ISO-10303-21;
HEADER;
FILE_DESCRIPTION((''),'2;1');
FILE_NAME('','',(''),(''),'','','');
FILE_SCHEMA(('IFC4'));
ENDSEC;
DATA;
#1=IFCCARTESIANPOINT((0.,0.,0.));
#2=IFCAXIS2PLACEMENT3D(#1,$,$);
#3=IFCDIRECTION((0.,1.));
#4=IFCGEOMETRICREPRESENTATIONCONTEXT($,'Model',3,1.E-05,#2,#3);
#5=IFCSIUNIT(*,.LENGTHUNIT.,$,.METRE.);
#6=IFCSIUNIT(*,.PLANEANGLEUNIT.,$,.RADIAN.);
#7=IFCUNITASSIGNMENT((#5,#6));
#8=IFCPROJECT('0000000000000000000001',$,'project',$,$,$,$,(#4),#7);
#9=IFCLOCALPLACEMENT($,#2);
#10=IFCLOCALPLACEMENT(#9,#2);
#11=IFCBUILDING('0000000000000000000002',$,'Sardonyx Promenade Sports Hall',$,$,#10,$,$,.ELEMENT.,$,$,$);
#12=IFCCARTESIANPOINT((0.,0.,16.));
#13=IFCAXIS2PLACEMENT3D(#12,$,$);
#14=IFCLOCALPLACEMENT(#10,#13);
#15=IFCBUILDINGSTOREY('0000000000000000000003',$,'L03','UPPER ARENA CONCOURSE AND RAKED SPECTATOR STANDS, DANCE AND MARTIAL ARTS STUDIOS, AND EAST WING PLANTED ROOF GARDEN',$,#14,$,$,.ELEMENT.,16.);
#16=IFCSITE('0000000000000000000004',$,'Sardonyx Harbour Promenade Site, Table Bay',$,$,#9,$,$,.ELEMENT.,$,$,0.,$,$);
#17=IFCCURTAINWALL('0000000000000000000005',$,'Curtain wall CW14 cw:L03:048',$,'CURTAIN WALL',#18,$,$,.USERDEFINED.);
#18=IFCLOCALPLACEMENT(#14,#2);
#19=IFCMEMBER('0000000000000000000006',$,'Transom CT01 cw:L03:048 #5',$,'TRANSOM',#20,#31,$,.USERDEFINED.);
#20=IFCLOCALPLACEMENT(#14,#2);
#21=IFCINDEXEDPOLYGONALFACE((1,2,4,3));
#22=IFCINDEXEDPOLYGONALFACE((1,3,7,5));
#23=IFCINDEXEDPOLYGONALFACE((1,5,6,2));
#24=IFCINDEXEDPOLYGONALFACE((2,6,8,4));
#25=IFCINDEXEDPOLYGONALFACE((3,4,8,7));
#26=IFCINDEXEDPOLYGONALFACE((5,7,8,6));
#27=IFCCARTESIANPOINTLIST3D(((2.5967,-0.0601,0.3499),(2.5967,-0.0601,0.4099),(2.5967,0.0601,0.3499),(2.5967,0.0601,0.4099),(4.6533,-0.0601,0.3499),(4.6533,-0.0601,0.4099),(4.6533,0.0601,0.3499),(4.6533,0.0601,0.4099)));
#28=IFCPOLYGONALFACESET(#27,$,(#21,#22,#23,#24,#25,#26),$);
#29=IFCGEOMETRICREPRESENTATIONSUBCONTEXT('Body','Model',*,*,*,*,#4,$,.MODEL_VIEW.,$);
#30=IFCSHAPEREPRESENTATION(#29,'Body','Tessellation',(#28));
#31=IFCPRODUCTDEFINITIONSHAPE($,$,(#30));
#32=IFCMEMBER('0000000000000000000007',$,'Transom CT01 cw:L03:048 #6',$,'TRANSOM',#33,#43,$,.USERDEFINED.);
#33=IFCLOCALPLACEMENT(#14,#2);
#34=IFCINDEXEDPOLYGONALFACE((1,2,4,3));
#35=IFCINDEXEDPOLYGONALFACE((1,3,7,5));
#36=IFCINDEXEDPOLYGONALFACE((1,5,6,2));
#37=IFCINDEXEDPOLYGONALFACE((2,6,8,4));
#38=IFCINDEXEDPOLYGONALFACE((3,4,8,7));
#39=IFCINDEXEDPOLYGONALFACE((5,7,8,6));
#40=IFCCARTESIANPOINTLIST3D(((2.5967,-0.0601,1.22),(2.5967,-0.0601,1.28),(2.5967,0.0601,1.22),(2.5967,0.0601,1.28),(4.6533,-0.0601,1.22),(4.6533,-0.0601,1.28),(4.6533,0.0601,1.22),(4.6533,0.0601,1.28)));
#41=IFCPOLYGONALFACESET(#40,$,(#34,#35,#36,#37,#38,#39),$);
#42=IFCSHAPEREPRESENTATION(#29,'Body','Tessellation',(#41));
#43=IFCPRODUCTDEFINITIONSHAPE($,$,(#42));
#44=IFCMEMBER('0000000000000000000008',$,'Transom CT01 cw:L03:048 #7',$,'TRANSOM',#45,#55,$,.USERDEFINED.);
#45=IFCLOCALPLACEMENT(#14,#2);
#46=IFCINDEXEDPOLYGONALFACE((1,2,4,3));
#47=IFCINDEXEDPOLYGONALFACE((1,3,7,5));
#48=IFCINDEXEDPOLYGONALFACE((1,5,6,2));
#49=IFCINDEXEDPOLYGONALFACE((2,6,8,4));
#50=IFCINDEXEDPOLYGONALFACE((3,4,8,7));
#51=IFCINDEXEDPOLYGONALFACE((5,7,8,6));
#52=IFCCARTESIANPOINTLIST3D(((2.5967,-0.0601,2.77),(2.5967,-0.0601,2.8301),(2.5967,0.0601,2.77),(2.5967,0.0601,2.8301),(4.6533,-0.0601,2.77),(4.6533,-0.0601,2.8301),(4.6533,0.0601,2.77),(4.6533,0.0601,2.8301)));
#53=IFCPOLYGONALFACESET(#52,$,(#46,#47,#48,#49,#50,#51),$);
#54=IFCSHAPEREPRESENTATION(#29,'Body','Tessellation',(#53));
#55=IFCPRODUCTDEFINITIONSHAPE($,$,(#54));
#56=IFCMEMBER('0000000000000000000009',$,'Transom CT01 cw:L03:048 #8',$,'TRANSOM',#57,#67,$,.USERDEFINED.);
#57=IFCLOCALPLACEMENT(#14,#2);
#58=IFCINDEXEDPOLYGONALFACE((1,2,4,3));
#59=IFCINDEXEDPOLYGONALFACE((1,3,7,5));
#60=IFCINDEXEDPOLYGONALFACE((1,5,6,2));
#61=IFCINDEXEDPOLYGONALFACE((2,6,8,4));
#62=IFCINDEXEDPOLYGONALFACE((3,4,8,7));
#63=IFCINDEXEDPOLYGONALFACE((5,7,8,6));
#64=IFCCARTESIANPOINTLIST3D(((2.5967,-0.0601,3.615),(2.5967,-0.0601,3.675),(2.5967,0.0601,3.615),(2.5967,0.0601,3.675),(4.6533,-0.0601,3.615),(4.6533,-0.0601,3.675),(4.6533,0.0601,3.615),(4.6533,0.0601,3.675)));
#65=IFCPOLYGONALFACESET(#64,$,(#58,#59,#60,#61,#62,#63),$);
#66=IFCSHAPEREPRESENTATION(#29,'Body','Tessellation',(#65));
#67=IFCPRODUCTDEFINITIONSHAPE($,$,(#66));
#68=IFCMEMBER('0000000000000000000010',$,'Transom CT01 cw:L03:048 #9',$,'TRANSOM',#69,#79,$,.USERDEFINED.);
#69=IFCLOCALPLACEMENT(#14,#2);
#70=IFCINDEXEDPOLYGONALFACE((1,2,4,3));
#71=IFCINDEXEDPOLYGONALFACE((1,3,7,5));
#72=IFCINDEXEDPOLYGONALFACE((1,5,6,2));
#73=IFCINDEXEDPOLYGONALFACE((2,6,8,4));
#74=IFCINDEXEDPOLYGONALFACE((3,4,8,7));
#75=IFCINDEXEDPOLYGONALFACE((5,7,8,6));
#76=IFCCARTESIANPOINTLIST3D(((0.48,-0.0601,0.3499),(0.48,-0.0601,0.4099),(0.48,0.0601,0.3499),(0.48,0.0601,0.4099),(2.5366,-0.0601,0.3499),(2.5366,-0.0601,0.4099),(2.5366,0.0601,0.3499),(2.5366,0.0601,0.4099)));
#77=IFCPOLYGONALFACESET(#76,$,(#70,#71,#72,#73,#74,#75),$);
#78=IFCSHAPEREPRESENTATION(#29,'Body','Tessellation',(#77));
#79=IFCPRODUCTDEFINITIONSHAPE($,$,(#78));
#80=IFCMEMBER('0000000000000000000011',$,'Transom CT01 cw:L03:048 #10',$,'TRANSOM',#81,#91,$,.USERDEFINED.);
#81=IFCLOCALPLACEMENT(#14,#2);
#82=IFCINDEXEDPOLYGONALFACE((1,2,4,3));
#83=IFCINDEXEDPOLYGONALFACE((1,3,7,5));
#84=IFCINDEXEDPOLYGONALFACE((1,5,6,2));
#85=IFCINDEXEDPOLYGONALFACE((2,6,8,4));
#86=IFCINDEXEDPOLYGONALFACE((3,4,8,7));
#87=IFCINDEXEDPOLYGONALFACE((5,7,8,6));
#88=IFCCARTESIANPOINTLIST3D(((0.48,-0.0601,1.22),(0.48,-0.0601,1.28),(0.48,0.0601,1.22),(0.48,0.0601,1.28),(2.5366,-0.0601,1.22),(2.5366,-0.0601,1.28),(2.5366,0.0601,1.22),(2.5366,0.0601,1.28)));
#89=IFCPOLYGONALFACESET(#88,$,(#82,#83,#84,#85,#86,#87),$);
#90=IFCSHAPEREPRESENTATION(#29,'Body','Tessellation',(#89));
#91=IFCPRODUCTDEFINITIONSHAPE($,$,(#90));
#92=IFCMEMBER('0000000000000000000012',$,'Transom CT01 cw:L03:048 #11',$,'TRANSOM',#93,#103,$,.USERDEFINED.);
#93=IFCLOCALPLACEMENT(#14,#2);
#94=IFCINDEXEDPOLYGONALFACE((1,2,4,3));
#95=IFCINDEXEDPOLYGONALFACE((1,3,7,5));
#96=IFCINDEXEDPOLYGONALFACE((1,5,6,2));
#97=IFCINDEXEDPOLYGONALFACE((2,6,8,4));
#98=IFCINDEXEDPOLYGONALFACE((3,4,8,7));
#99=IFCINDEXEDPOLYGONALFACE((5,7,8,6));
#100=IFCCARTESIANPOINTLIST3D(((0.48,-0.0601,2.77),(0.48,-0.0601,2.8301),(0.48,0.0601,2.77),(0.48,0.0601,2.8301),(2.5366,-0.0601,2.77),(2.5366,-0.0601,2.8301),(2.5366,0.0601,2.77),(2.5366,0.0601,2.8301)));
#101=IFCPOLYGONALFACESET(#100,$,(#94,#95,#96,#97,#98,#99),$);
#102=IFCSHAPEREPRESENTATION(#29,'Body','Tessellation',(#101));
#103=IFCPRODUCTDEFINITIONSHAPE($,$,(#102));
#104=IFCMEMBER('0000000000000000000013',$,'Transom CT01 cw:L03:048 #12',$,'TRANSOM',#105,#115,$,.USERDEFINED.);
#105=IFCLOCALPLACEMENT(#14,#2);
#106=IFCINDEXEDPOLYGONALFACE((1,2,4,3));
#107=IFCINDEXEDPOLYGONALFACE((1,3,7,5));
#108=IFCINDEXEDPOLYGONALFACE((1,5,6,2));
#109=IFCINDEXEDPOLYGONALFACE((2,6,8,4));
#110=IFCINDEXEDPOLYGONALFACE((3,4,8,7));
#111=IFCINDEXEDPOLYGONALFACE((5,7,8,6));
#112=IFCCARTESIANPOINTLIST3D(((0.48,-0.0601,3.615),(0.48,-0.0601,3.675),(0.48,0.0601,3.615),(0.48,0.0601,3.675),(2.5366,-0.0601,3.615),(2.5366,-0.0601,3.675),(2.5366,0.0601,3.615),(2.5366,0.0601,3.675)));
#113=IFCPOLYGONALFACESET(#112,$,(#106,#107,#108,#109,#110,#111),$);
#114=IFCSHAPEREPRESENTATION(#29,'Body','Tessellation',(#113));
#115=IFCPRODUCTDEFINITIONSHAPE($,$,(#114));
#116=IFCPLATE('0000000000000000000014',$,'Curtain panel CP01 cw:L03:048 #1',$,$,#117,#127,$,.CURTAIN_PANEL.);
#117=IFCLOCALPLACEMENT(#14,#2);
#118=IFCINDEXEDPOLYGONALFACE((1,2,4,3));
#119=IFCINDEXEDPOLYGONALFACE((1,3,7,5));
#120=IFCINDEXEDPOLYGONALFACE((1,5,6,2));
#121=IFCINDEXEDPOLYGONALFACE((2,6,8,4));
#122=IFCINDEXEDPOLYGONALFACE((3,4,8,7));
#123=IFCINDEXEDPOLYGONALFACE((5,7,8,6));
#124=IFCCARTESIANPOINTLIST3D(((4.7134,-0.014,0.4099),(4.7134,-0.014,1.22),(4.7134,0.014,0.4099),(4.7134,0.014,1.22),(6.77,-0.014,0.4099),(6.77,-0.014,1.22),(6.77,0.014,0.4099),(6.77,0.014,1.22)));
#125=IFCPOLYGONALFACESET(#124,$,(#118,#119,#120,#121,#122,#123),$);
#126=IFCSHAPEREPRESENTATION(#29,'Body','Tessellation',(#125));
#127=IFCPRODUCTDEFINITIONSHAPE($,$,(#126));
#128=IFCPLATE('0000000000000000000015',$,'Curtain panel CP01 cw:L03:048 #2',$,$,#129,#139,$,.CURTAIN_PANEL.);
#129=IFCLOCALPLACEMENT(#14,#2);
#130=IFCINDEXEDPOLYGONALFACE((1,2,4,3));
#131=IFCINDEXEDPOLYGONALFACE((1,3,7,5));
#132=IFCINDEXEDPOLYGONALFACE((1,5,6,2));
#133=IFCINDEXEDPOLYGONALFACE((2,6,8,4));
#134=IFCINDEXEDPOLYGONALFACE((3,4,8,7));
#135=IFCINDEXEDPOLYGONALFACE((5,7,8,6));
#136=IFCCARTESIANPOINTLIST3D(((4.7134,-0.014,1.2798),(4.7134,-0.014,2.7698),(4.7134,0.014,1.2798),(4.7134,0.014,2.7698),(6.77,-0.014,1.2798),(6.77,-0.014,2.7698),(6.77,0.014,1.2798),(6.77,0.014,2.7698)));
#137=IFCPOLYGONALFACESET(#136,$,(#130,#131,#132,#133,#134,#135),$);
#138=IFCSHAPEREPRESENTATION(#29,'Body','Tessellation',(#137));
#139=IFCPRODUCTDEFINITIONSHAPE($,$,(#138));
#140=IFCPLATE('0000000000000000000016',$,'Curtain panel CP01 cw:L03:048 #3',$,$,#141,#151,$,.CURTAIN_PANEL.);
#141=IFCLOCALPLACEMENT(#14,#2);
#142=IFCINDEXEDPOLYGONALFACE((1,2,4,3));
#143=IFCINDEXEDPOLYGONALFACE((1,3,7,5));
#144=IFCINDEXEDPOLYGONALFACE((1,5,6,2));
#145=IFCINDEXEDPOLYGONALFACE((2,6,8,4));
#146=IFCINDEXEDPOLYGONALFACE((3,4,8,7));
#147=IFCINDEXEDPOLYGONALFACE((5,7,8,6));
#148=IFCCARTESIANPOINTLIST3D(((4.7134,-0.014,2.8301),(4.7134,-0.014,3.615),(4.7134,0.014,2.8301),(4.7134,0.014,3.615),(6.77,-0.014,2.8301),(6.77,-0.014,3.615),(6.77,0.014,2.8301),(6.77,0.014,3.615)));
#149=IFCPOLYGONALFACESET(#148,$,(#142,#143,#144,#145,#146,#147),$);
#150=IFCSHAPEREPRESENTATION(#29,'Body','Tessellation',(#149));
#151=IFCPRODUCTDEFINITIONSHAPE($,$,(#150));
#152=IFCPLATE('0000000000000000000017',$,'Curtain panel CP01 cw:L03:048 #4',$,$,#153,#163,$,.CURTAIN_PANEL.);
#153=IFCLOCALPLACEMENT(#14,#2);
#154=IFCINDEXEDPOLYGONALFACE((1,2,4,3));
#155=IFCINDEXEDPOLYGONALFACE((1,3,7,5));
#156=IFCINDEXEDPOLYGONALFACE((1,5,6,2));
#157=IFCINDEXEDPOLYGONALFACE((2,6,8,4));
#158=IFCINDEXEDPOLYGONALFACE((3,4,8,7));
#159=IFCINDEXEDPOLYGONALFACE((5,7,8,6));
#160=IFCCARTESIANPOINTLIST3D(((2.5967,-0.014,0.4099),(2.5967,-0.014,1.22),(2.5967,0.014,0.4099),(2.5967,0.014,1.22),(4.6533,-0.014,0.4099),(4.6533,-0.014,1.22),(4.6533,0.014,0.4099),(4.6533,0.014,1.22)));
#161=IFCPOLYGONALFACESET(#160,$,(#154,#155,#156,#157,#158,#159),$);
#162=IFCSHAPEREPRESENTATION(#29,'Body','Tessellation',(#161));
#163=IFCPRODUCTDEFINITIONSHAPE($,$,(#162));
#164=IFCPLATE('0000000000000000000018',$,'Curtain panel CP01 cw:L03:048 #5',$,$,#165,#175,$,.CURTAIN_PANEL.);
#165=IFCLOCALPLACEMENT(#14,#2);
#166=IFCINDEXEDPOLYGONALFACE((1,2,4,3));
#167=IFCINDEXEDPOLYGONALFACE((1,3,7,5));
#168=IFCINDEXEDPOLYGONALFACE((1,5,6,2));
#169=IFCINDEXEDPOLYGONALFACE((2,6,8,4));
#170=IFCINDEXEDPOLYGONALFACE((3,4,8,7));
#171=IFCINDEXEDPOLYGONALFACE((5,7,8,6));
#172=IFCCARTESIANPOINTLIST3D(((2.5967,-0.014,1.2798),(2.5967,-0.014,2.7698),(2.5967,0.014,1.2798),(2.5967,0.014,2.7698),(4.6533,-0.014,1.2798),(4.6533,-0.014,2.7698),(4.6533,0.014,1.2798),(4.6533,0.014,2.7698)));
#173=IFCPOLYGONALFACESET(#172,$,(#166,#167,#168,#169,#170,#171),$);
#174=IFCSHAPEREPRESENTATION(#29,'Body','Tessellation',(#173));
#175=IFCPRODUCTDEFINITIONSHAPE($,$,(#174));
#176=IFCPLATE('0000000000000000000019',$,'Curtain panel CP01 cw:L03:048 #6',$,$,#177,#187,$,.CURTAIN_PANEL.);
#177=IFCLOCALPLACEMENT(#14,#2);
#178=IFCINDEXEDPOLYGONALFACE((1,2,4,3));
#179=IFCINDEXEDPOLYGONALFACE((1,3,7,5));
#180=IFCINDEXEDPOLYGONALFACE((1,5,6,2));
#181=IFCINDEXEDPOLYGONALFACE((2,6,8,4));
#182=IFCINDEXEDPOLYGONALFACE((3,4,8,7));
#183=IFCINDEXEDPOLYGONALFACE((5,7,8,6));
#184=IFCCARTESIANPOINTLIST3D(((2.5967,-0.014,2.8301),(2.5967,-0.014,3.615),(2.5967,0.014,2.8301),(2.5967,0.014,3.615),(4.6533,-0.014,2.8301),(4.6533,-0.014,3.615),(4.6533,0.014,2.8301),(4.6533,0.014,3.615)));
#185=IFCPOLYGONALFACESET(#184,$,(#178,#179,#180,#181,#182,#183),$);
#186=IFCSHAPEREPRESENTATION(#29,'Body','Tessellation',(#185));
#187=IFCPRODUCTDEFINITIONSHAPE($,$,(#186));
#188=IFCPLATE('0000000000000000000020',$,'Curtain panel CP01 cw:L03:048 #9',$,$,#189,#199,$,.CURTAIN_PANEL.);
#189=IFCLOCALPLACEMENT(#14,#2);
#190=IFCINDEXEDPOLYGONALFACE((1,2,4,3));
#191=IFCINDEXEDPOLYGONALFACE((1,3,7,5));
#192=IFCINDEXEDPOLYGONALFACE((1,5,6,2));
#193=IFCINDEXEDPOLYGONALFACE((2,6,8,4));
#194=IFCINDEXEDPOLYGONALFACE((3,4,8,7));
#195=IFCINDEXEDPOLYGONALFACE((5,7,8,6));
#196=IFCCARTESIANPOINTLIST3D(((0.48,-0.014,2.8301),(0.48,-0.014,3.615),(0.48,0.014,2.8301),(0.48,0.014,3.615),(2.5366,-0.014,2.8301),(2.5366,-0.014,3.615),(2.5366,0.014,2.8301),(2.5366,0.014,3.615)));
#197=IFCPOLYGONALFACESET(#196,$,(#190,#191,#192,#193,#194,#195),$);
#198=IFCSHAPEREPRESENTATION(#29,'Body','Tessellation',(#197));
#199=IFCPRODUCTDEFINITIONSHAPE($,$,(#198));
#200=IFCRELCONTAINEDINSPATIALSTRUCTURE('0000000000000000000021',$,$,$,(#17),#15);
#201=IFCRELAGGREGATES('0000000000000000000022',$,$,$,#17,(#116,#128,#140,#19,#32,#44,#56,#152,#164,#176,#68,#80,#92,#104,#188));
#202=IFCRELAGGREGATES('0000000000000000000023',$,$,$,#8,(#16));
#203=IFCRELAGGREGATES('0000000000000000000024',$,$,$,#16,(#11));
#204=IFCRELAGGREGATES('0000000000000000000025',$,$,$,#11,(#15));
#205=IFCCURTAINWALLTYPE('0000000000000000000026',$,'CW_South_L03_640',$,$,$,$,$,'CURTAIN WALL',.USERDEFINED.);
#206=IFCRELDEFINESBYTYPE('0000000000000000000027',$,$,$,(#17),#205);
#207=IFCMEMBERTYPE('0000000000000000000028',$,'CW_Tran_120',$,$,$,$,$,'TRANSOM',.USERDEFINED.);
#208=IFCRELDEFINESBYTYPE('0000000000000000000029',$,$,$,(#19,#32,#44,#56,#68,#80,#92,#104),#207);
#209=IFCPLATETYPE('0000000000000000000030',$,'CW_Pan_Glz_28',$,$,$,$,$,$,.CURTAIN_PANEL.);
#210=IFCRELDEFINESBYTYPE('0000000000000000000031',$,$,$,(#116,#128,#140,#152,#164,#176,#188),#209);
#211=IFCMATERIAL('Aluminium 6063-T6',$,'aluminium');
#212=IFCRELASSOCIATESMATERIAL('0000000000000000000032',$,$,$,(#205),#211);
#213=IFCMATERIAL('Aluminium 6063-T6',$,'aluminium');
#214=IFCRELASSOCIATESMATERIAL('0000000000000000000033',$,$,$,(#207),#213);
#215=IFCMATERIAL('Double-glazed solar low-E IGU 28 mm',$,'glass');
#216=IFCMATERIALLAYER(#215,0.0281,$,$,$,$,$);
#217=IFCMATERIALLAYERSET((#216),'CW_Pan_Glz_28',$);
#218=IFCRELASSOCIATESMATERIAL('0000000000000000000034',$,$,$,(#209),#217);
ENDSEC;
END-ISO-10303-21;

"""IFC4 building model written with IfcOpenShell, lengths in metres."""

from ifc_helpers import new_model, si_unit, direction, frame, origin, origin_2d, place, context, subcontext, project, spatial, rectangle, extrude, material, layer, layer_set, material_profile, profile_set, type_object, element, aggregate, save


model = new_model("IFC4")

# Units and contexts
model_context = context("Model", 3, precision=1e-05, world=origin(), true_north=direction((0.0, 1.0)))
body_context = subcontext(model_context, "Body", "Model", "MODEL_VIEW")
ifc_project = project(units=[si_unit("LENGTHUNIT", "METRE"), si_unit("PLANEANGLEUNIT", "RADIAN")], contexts=[model_context])

# Site, building, storey
site_placement = place(None, origin())
site = spatial("IfcSite", under=ifc_project, at=site_placement, Name="Sardonyx Harbour Promenade Site, Table Bay", CompositionType="ELEMENT", RefElevation=0.0)
building_placement = place(site_placement, origin())
building = spatial("IfcBuilding", under=site, at=building_placement, Name="Sardonyx Promenade Sports Hall", CompositionType="ELEMENT")
storey_placement = place(building_placement, frame((0.0, 0.0, 16.0)))
storey = spatial("IfcBuildingStorey", under=building, at=storey_placement, Name="L03", Description="UPPER ARENA CONCOURSE AND RAKED SPECTATOR STANDS, DANCE AND MARTIAL ARTS STUDIOS, AND EAST WING PLANTED ROOF GARDEN", CompositionType="ELEMENT", Elevation=16.0)

# Curtain wall, members, plates
ifc_material_1 = material(Name="Aluminium 6063-T6", Category="aluminium")
curtain_wall_type = type_object("IfcCurtainWallType", Name="CW_South_L03_640", ElementType="CURTAIN WALL", PredefinedType="USERDEFINED", material=ifc_material_1)
curtain_wall_placement = place(storey_placement, origin())
curtain_wall = element("IfcCurtainWall", 1, at=curtain_wall_placement, inside=storey, type_object=curtain_wall_type, Name="Curtain wall CW14 cw:L03:048", ObjectType="CURTAIN WALL", PredefinedType="USERDEFINED")
ifc_material_2 = material(Name="Aluminium 6063-T6", Category="aluminium")
ifc_material_profile_1 = material_profile(ifc_material_2, rectangle(XDim=0.0601, YDim=0.1201, at=origin_2d()))
ifc_profile_set_1 = profile_set([ifc_material_profile_1], Name="Aluminium 6063-T6")
member_type_1 = type_object("IfcMemberType", Name="CW_Tran_120", ElementType="TRANSOM", PredefinedType="USERDEFINED", material=ifc_profile_set_1)
member_1_placement = place(storey_placement, frame((4.6533, 0.0, 0.3799), z_axis=(-1.0, 0.0, 0.0), x_axis=(0.0, 0.0, 1.0)))
member_1 = element("IfcMember", 2, at=member_1_placement, type_object=member_type_1, Name="Transom CT01 cw:L03:048 #5", ObjectType="TRANSOM", PredefinedType="USERDEFINED", context=body_context, shape_type="SweptSolid", body=[
    extrude(rectangle(XDim=0.0601, YDim=0.1201, at=origin_2d()), origin(), (0.0, 0.0, 1.0), 2.0566),
])
member_2_placement = place(storey_placement, frame((4.6533, 0.0, 1.25), z_axis=(-1.0, 0.0, 0.0), x_axis=(0.0, 0.0, 1.0)))
member_2 = element("IfcMember", 3, at=member_2_placement, type_object=member_type_1, Name="Transom CT01 cw:L03:048 #6", ObjectType="TRANSOM", PredefinedType="USERDEFINED", context=body_context, shape_type="SweptSolid", body=[
    extrude(rectangle(XDim=0.0601, YDim=0.1201, at=origin_2d()), origin(), (0.0, 0.0, 1.0), 2.0566),
])
member_3_placement = place(storey_placement, frame((4.6533, 0.0, 2.8), z_axis=(-1.0, 0.0, 0.0), x_axis=(0.0, 0.0, 1.0)))
member_3 = element("IfcMember", 4, at=member_3_placement, type_object=member_type_1, Name="Transom CT01 cw:L03:048 #7", ObjectType="TRANSOM", PredefinedType="USERDEFINED", context=body_context, shape_type="SweptSolid", body=[
    extrude(rectangle(XDim=0.0601, YDim=0.1201, at=origin_2d()), origin(), (0.0, 0.0, 1.0), 2.0566),
])
member_4_placement = place(storey_placement, frame((4.6533, 0.0, 3.645), z_axis=(-1.0, 0.0, 0.0), x_axis=(0.0, 0.0, 1.0)))
member_4 = element("IfcMember", 5, at=member_4_placement, type_object=member_type_1, Name="Transom CT01 cw:L03:048 #8", ObjectType="TRANSOM", PredefinedType="USERDEFINED", context=body_context, shape_type="SweptSolid", body=[
    extrude(rectangle(XDim=0.0601, YDim=0.1201, at=origin_2d()), origin(), (0.0, 0.0, 1.0), 2.0566),
])
member_5_placement = place(storey_placement, frame((2.5366, 0.0, 0.3799), z_axis=(-1.0, 0.0, 0.0), x_axis=(0.0, 0.0, 1.0)))
member_5 = element("IfcMember", 6, at=member_5_placement, type_object=member_type_1, Name="Transom CT01 cw:L03:048 #9", ObjectType="TRANSOM", PredefinedType="USERDEFINED", context=body_context, shape_type="SweptSolid", body=[
    extrude(rectangle(XDim=0.0601, YDim=0.1201, at=origin_2d()), origin(), (0.0, 0.0, 1.0), 2.0566),
])
member_6_placement = place(storey_placement, frame((2.5366, 0.0, 1.25), z_axis=(-1.0, 0.0, 0.0), x_axis=(0.0, 0.0, 1.0)))
member_6 = element("IfcMember", 7, at=member_6_placement, type_object=member_type_1, Name="Transom CT01 cw:L03:048 #10", ObjectType="TRANSOM", PredefinedType="USERDEFINED", context=body_context, shape_type="SweptSolid", body=[
    extrude(rectangle(XDim=0.0601, YDim=0.1201, at=origin_2d()), origin(), (0.0, 0.0, 1.0), 2.0566),
])
member_7_placement = place(storey_placement, frame((2.5366, 0.0, 2.8), z_axis=(-1.0, 0.0, 0.0), x_axis=(0.0, 0.0, 1.0)))
member_7 = element("IfcMember", 8, at=member_7_placement, type_object=member_type_1, Name="Transom CT01 cw:L03:048 #11", ObjectType="TRANSOM", PredefinedType="USERDEFINED", context=body_context, shape_type="SweptSolid", body=[
    extrude(rectangle(XDim=0.0601, YDim=0.1201, at=origin_2d()), origin(), (0.0, 0.0, 1.0), 2.0566),
])
member_8_placement = place(storey_placement, frame((2.5366, 0.0, 3.645), z_axis=(-1.0, 0.0, 0.0), x_axis=(0.0, 0.0, 1.0)))
member_8 = element("IfcMember", 9, at=member_8_placement, type_object=member_type_1, Name="Transom CT01 cw:L03:048 #12", ObjectType="TRANSOM", PredefinedType="USERDEFINED", context=body_context, shape_type="SweptSolid", body=[
    extrude(rectangle(XDim=0.0601, YDim=0.1201, at=origin_2d()), origin(), (0.0, 0.0, 1.0), 2.0566),
])
ifc_material_3 = material(Name="Double-glazed solar low-E IGU 28 mm", Category="glass")
ifc_layer_1 = layer(ifc_material_3, 0.0281)
ifc_layer_set_1 = layer_set([ifc_layer_1], Name="CW_Pan_Glz_28")
plate_type = type_object("IfcPlateType", Name="CW_Pan_Glz_28", PredefinedType="CURTAIN_PANEL", material=ifc_layer_set_1)
plate_1_placement = place(storey_placement, frame((5.7417, 0.0, 0.4099), z_axis=(0.0, 0.0, 1.0), x_axis=(-1.0, 0.0, 0.0)))
plate_1 = element("IfcPlate", 10, at=plate_1_placement, type_object=plate_type, Name="Curtain panel CP01 cw:L03:048 #1", PredefinedType="CURTAIN_PANEL", context=body_context, shape_type="SweptSolid", body=[
    extrude(rectangle(XDim=2.0566, YDim=0.0281, at=origin_2d()), origin(), (0.0, 0.0, 1.0), 0.8101),
])
plate_2_placement = place(storey_placement, frame((5.7417, 0.0, 1.2798), z_axis=(0.0, 0.0, 1.0), x_axis=(-1.0, 0.0, 0.0)))
plate_2 = element("IfcPlate", 11, at=plate_2_placement, type_object=plate_type, Name="Curtain panel CP01 cw:L03:048 #2", PredefinedType="CURTAIN_PANEL", context=body_context, shape_type="SweptSolid", body=[
    extrude(rectangle(XDim=2.0566, YDim=0.0281, at=origin_2d()), origin(), (0.0, 0.0, 1.0), 1.49),
])
plate_3_placement = place(storey_placement, frame((5.7417, 0.0, 2.8301), z_axis=(0.0, 0.0, 1.0), x_axis=(-1.0, 0.0, 0.0)))
plate_3 = element("IfcPlate", 12, at=plate_3_placement, type_object=plate_type, Name="Curtain panel CP01 cw:L03:048 #3", PredefinedType="CURTAIN_PANEL", context=body_context, shape_type="SweptSolid", body=[
    extrude(rectangle(XDim=2.0566, YDim=0.0281, at=origin_2d()), origin(), (0.0, 0.0, 1.0), 0.7849),
])
plate_4_placement = place(storey_placement, frame((3.625, 0.0, 0.4099), z_axis=(0.0, 0.0, 1.0), x_axis=(-1.0, 0.0, 0.0)))
plate_4 = element("IfcPlate", 13, at=plate_4_placement, type_object=plate_type, Name="Curtain panel CP01 cw:L03:048 #4", PredefinedType="CURTAIN_PANEL", context=body_context, shape_type="SweptSolid", body=[
    extrude(rectangle(XDim=2.0566, YDim=0.0281, at=origin_2d()), origin(), (0.0, 0.0, 1.0), 0.8101),
])
plate_5_placement = place(storey_placement, frame((3.625, 0.0, 1.2798), z_axis=(0.0, 0.0, 1.0), x_axis=(-1.0, 0.0, 0.0)))
plate_5 = element("IfcPlate", 14, at=plate_5_placement, type_object=plate_type, Name="Curtain panel CP01 cw:L03:048 #5", PredefinedType="CURTAIN_PANEL", context=body_context, shape_type="SweptSolid", body=[
    extrude(rectangle(XDim=2.0566, YDim=0.0281, at=origin_2d()), origin(), (0.0, 0.0, 1.0), 1.49),
])
plate_6_placement = place(storey_placement, frame((3.625, 0.0, 2.8301), z_axis=(0.0, 0.0, 1.0), x_axis=(-1.0, 0.0, 0.0)))
plate_6 = element("IfcPlate", 15, at=plate_6_placement, type_object=plate_type, Name="Curtain panel CP01 cw:L03:048 #6", PredefinedType="CURTAIN_PANEL", context=body_context, shape_type="SweptSolid", body=[
    extrude(rectangle(XDim=2.0566, YDim=0.0281, at=origin_2d()), origin(), (0.0, 0.0, 1.0), 0.7849),
])
plate_7_placement = place(storey_placement, frame((1.5083, 0.0, 2.8301), z_axis=(0.0, 0.0, 1.0), x_axis=(-1.0, 0.0, 0.0)))
plate_7 = element("IfcPlate", 16, at=plate_7_placement, type_object=plate_type, Name="Curtain panel CP01 cw:L03:048 #9", PredefinedType="CURTAIN_PANEL", context=body_context, shape_type="SweptSolid", body=[
    extrude(rectangle(XDim=2.0566, YDim=0.0281, at=origin_2d()), origin(), (0.0, 0.0, 1.0), 0.7849),
])
aggregate(curtain_wall, [plate_1, plate_2, plate_3, member_1, member_2, member_3, member_4, plate_4, plate_5, plate_6, member_5, member_6, member_7, member_8, plate_7])

save(model, "model.ifc")
